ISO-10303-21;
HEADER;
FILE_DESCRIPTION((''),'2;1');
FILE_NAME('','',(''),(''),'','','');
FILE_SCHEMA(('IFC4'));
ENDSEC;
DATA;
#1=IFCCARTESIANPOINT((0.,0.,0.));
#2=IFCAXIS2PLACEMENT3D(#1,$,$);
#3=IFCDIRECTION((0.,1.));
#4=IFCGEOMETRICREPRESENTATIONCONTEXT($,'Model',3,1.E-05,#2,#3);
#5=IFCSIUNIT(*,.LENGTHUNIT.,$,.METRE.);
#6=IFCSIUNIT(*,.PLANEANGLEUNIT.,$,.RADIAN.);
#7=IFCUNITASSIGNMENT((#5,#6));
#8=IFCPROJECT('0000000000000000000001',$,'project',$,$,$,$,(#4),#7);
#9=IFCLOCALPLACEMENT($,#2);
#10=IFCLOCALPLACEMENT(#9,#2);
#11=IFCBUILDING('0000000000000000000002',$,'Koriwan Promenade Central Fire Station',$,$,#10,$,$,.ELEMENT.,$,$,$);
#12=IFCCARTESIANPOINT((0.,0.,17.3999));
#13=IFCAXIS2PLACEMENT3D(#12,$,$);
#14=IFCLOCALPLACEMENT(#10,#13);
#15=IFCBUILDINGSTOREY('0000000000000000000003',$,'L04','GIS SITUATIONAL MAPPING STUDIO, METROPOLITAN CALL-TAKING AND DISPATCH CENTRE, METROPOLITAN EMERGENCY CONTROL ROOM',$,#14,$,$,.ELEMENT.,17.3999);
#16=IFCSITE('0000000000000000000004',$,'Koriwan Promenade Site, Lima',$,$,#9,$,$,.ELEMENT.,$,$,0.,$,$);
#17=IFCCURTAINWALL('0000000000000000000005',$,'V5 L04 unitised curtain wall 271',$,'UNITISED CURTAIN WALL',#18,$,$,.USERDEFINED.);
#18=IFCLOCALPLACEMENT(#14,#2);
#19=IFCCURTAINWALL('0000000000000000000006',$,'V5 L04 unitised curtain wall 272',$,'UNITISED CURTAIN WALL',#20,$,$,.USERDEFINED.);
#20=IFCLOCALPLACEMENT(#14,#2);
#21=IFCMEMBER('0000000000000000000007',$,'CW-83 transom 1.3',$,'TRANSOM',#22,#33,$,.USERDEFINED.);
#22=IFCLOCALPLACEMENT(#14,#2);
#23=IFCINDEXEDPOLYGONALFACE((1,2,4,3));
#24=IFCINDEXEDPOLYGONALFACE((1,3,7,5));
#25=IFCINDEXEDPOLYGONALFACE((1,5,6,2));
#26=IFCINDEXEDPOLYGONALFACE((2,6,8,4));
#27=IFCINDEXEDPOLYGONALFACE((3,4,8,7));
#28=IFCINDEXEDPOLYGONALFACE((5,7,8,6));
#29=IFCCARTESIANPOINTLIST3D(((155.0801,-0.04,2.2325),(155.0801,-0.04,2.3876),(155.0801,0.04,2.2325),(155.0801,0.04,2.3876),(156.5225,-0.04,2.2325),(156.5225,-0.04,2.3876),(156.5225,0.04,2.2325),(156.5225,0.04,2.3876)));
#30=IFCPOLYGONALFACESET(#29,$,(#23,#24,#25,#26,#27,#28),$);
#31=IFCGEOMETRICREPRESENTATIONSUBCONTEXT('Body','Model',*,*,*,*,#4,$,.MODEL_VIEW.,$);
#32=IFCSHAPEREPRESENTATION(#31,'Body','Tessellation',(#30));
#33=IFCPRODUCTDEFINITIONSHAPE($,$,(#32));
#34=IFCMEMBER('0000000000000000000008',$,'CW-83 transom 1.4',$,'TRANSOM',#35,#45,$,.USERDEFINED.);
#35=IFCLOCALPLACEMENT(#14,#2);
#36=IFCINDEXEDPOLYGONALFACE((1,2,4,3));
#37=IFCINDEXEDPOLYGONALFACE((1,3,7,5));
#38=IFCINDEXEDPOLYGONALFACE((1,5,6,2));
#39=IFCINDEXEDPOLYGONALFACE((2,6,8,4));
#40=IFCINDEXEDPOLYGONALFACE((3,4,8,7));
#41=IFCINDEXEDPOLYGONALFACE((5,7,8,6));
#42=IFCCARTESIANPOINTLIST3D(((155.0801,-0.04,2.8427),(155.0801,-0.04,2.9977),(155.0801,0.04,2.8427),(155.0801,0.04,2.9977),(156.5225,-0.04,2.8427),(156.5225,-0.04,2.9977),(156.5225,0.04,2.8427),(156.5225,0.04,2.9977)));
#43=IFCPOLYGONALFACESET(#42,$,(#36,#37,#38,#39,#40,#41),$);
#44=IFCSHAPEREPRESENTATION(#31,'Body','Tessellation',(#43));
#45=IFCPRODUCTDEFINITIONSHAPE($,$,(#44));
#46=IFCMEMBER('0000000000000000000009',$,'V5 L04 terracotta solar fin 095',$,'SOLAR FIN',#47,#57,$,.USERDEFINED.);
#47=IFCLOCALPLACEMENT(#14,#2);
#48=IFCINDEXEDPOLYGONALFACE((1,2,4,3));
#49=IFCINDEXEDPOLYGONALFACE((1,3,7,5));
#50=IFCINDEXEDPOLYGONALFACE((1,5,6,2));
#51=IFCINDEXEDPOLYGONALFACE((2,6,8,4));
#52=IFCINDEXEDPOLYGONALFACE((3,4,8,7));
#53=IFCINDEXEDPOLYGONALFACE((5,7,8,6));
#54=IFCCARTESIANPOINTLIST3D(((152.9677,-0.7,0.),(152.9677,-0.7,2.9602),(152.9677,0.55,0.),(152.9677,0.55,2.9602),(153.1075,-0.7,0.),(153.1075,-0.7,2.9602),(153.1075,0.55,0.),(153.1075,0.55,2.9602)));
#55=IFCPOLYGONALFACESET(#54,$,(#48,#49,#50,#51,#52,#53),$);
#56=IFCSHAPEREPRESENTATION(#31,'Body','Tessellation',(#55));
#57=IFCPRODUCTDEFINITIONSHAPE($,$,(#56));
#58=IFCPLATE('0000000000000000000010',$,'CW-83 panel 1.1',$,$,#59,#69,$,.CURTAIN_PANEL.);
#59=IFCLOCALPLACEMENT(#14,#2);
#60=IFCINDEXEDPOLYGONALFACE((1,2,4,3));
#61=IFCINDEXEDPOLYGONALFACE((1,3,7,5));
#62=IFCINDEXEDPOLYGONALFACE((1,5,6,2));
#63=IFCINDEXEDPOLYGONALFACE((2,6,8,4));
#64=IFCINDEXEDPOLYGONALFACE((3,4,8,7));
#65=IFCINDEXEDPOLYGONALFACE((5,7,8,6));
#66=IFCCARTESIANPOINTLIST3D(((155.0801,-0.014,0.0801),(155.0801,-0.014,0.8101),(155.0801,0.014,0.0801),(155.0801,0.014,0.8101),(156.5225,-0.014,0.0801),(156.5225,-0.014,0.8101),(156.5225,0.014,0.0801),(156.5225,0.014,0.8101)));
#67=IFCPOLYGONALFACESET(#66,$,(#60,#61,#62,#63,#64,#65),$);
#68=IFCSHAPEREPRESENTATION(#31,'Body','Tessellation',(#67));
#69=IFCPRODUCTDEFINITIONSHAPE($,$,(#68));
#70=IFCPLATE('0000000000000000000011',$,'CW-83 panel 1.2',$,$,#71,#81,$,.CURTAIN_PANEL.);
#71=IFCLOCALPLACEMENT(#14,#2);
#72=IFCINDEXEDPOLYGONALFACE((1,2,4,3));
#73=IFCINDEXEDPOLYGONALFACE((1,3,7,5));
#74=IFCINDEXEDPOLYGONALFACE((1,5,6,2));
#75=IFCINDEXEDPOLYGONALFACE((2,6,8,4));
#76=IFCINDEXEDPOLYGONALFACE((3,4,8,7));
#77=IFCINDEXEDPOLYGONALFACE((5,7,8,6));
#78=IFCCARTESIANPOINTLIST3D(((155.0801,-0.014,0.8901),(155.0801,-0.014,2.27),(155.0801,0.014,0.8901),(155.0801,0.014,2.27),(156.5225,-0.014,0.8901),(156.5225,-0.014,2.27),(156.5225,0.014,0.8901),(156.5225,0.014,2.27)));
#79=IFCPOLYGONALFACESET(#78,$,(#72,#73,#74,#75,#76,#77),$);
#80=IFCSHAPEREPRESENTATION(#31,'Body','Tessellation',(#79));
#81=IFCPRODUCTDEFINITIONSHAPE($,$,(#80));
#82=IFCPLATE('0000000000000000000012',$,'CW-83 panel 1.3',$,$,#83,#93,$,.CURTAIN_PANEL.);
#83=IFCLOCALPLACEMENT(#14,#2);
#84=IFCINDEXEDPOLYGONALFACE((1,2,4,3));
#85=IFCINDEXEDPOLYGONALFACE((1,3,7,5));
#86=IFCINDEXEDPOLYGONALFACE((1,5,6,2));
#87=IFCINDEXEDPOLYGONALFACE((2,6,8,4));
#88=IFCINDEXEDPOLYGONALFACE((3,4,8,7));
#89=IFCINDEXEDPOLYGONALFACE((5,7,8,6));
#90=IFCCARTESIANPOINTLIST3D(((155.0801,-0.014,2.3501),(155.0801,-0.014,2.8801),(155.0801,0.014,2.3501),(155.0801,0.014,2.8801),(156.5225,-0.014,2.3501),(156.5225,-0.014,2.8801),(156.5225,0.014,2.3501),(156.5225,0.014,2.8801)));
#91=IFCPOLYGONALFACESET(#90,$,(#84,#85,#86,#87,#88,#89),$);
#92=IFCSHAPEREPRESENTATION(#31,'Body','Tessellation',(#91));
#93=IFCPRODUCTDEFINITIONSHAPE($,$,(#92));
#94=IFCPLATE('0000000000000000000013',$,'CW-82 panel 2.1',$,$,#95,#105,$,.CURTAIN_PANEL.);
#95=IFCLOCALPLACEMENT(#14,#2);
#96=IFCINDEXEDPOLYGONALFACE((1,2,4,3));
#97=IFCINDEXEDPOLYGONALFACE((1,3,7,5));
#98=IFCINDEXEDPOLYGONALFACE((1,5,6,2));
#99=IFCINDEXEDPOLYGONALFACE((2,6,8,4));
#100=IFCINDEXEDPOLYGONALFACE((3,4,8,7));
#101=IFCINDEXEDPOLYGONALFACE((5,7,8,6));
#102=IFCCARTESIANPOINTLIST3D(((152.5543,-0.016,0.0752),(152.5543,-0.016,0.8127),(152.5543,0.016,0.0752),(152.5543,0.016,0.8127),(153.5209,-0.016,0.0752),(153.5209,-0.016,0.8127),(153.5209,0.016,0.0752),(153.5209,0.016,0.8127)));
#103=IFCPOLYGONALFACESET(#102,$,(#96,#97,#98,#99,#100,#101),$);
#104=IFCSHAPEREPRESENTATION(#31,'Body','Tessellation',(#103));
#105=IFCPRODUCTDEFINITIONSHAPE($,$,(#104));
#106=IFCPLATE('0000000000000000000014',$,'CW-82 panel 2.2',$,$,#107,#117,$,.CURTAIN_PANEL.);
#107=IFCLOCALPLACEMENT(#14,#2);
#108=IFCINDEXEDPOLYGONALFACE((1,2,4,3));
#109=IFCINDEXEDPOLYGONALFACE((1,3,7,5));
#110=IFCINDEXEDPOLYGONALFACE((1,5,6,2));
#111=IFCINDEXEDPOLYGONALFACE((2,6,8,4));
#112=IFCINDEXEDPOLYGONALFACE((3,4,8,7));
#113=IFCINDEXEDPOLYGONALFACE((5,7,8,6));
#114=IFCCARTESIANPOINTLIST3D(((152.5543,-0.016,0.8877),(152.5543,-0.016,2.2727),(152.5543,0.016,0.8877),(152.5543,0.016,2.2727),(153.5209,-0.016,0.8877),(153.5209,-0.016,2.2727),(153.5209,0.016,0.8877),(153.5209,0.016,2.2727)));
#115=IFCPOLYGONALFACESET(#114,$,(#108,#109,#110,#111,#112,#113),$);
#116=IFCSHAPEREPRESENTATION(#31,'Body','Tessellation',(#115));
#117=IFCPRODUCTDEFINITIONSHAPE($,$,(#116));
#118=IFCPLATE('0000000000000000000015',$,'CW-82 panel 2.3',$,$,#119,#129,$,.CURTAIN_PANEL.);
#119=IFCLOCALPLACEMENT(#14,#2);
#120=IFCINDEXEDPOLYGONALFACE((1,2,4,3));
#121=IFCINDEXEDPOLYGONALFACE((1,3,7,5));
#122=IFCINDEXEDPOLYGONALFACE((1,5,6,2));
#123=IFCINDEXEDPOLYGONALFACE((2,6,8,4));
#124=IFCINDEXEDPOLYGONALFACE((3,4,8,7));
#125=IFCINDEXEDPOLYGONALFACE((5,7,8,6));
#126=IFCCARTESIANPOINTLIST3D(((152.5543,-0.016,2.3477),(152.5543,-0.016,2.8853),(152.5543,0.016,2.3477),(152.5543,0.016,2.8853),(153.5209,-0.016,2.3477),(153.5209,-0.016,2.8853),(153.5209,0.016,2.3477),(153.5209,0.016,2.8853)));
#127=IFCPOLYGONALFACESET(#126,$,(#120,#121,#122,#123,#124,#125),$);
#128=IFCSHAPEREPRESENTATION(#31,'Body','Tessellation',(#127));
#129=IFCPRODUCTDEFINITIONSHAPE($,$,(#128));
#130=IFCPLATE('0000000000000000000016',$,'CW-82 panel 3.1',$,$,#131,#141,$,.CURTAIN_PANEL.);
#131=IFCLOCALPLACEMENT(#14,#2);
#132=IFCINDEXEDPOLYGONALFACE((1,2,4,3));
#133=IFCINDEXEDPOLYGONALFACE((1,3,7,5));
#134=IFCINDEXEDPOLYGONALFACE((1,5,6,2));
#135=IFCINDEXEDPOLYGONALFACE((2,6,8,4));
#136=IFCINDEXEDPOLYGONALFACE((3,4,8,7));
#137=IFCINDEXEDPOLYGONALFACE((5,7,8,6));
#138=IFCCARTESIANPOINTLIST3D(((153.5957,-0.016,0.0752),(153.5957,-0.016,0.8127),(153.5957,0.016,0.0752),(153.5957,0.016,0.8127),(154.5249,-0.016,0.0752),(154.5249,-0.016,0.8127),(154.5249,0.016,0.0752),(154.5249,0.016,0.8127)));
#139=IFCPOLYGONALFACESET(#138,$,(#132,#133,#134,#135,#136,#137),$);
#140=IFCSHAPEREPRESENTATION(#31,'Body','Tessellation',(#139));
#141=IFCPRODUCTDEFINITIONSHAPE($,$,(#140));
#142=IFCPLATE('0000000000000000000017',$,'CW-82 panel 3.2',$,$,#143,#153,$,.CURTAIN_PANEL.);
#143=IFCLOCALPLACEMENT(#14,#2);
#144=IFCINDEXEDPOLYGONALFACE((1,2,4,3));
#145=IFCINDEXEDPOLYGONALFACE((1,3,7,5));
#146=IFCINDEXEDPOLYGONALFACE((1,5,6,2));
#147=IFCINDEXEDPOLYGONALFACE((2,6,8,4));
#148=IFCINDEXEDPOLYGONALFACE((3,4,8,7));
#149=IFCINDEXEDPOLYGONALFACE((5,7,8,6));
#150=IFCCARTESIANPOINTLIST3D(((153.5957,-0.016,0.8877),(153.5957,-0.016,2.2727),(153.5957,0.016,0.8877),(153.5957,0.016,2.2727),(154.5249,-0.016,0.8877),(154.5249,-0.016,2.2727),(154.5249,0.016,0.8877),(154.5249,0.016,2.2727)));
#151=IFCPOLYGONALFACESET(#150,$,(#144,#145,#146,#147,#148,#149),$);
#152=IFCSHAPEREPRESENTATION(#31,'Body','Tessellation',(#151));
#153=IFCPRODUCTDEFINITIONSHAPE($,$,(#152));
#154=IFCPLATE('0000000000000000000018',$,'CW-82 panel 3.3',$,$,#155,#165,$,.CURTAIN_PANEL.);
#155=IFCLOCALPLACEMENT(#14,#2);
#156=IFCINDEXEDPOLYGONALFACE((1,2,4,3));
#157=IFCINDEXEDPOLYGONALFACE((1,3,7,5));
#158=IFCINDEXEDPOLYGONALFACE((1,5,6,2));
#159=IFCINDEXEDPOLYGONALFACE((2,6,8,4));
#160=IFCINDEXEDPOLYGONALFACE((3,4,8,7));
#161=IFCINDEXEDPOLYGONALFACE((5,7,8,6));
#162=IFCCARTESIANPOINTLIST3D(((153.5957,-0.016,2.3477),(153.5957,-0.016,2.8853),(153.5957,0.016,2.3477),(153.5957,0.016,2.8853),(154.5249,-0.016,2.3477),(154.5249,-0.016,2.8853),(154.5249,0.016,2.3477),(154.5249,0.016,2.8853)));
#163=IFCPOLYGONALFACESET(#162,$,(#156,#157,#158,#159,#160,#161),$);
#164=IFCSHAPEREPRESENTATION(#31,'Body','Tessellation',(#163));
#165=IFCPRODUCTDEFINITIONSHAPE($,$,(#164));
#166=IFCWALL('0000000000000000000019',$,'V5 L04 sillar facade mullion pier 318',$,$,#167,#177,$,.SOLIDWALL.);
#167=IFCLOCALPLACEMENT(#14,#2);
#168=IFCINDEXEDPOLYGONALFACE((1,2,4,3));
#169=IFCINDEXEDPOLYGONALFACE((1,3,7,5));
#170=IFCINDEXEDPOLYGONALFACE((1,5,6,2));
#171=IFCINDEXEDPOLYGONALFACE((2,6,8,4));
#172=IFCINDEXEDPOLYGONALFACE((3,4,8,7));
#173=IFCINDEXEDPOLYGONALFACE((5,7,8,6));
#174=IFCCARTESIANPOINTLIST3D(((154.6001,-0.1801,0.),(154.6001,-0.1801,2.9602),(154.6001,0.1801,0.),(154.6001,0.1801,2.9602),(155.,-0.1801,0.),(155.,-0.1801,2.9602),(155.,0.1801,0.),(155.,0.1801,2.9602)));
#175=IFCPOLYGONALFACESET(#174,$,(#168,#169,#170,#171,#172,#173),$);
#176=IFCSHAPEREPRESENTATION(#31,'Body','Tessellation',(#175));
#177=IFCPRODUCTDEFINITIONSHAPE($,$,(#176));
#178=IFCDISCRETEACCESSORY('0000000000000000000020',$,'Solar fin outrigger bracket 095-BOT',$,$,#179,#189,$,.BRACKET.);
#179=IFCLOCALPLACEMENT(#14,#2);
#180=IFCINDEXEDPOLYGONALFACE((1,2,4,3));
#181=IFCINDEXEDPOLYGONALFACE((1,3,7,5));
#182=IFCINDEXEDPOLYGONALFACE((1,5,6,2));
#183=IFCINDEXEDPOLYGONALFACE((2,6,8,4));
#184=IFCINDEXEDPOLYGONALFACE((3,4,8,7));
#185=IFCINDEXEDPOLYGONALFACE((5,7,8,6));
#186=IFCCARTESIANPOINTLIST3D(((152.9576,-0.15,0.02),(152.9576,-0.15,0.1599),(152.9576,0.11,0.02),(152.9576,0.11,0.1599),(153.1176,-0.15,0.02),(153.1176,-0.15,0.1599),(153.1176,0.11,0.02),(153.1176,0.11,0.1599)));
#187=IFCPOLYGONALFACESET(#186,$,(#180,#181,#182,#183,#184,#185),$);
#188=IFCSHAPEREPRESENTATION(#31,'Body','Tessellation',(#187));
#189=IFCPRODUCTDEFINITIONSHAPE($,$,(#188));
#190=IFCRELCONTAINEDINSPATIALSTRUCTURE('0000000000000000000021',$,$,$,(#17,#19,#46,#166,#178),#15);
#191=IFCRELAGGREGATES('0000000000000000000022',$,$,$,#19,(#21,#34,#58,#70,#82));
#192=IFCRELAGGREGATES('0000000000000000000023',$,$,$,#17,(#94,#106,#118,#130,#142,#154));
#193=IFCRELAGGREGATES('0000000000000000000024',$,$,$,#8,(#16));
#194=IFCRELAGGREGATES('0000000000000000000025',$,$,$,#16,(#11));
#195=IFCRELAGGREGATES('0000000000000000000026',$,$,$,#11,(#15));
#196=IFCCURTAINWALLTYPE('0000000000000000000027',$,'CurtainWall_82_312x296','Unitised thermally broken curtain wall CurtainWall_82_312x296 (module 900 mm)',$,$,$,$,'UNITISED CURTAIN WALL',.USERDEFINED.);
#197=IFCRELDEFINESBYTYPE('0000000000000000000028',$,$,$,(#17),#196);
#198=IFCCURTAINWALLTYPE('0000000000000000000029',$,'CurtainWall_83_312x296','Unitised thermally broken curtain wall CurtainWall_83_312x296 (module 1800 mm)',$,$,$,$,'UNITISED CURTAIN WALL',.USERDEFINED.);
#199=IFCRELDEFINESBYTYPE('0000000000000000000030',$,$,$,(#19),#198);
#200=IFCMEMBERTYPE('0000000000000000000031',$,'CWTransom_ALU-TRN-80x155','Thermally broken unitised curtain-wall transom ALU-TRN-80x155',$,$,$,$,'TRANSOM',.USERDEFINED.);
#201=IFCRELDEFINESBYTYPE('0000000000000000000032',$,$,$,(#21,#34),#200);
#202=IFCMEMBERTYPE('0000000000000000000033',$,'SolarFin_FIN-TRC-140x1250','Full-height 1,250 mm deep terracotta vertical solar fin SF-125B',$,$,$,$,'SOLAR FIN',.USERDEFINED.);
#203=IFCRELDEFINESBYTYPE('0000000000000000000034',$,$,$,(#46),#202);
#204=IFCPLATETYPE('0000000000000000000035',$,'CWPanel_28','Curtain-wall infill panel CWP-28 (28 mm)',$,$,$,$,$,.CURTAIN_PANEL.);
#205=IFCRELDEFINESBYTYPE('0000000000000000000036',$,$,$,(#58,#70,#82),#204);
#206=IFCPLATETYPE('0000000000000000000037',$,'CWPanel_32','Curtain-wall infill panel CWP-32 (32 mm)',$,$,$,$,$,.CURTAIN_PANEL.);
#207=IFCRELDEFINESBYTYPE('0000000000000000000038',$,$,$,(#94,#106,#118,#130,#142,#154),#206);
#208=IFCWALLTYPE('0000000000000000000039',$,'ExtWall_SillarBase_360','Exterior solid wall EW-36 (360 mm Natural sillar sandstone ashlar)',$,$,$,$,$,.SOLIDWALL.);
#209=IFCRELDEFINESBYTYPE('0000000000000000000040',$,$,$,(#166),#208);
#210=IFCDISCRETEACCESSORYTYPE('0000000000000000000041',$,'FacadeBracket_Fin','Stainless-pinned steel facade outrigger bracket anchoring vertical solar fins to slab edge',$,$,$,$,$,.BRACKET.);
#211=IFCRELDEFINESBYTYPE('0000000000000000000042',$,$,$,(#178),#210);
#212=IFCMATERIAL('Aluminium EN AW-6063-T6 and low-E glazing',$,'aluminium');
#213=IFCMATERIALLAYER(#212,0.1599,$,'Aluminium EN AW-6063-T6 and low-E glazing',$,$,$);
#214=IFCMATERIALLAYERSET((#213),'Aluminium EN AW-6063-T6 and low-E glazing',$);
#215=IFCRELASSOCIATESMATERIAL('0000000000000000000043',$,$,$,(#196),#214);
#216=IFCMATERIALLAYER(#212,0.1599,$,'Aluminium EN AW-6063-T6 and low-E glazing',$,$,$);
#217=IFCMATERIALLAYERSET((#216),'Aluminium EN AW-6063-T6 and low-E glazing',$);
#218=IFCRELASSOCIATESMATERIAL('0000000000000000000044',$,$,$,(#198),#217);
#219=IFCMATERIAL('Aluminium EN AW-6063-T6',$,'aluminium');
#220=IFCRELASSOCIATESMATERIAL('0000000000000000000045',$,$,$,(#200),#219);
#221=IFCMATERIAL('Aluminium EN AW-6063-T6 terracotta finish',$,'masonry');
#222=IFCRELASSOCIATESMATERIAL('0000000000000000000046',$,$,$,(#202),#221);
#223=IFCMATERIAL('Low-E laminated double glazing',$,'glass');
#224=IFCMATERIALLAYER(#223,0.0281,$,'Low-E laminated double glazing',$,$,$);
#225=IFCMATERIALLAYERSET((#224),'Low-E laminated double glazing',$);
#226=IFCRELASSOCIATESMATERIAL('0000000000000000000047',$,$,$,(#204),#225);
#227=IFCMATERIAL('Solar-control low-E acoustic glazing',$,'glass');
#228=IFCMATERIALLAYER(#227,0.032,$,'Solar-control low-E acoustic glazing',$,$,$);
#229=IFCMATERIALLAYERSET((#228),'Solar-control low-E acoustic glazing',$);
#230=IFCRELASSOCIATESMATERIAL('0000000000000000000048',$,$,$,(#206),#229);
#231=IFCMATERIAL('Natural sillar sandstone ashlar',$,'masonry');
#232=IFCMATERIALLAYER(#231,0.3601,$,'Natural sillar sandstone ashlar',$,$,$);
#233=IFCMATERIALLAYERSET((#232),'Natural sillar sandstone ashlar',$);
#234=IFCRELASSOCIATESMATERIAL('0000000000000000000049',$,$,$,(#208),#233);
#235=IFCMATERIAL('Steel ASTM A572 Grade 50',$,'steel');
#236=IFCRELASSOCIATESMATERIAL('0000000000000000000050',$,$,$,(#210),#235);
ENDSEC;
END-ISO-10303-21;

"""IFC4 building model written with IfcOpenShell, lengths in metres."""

from ifc_helpers import new_model, si_unit, direction, frame, frame_2d, origin, origin_2d, place, context, subcontext, project, spatial, rectangle, extrude, material, layer, layer_set, material_profile, profile_set, type_object, element, aggregate, save


model = new_model("IFC4")

# Units and contexts
model_context = context("Model", 3, precision=1e-05, world=origin(), true_north=direction((0.0, 1.0)))
body_context = subcontext(model_context, "Body", "Model", "MODEL_VIEW")
ifc_project = project(units=[si_unit("LENGTHUNIT", "METRE"), si_unit("PLANEANGLEUNIT", "RADIAN")], contexts=[model_context])

# Site, building, storey
site_placement = place(None, origin())
site = spatial("IfcSite", under=ifc_project, at=site_placement, Name="Koriwan Promenade Site, Lima", CompositionType="ELEMENT", RefElevation=0.0)
building_placement = place(site_placement, origin())
building = spatial("IfcBuilding", under=site, at=building_placement, Name="Koriwan Promenade Central Fire Station", CompositionType="ELEMENT")
storey_placement = place(building_placement, frame((0.0, 0.0, 17.3999)))
storey = spatial("IfcBuildingStorey", under=building, at=storey_placement, Name="L04", Description="GIS SITUATIONAL MAPPING STUDIO, METROPOLITAN CALL-TAKING AND DISPATCH CENTRE, METROPOLITAN EMERGENCY CONTROL ROOM", CompositionType="ELEMENT", Elevation=17.3999)

# Curtain wall
ifc_material_1 = material(Name="Aluminium EN AW-6063-T6 and low-E glazing", Category="aluminium")
ifc_layer_1 = layer(ifc_material_1, 0.1599, Name="Aluminium EN AW-6063-T6 and low-E glazing")
ifc_layer_set_1 = layer_set([ifc_layer_1], Name="Aluminium EN AW-6063-T6 and low-E glazing")
curtain_wall_type_1 = type_object("IfcCurtainWallType", Name="CurtainWall_82_312x296", Description="Unitised thermally broken curtain wall CurtainWall_82_312x296 (module 900 mm)", ElementType="UNITISED CURTAIN WALL", PredefinedType="USERDEFINED", material=ifc_layer_set_1)
curtain_wall_1_placement = place(storey_placement, origin())
curtain_wall_1 = element("IfcCurtainWall", 1, at=curtain_wall_1_placement, inside=storey, type_object=curtain_wall_type_1, Name="V5 L04 unitised curtain wall 271", ObjectType="UNITISED CURTAIN WALL", PredefinedType="USERDEFINED")
ifc_material_2 = material(Name="Aluminium EN AW-6063-T6", Category="aluminium")

# Curtain wall
ifc_layer_2 = layer(ifc_material_1, 0.1599, Name="Aluminium EN AW-6063-T6 and low-E glazing")
ifc_layer_set_2 = layer_set([ifc_layer_2], Name="Aluminium EN AW-6063-T6 and low-E glazing")
curtain_wall_type_2 = type_object("IfcCurtainWallType", Name="CurtainWall_83_312x296", Description="Unitised thermally broken curtain wall CurtainWall_83_312x296 (module 1800 mm)", ElementType="UNITISED CURTAIN WALL", PredefinedType="USERDEFINED", material=ifc_layer_set_2)
curtain_wall_2_placement = place(storey_placement, origin())
curtain_wall_2 = element("IfcCurtainWall", 2, at=curtain_wall_2_placement, inside=storey, type_object=curtain_wall_type_2, Name="V5 L04 unitised curtain wall 272", ObjectType="UNITISED CURTAIN WALL", PredefinedType="USERDEFINED")

# Members
ifc_material_profile_1 = material_profile(ifc_material_2, rectangle(XDim=0.0801, YDim=0.155, at=origin_2d()), Name="ALU-TRN-80x155")
ifc_profile_set_1 = profile_set([ifc_material_profile_1], Name="Aluminium EN AW-6063-T6")
member_type_1 = type_object("IfcMemberType", Name="CWTransom_ALU-TRN-80x155", Description="Thermally broken unitised curtain-wall transom ALU-TRN-80x155", ElementType="TRANSOM", PredefinedType="USERDEFINED", material=ifc_profile_set_1)
member_1_placement = place(storey_placement, frame((155.0801, 0.0, 2.3101), z_axis=(1.0, 0.0, 0.0), x_axis=(0.0, 1.0, 0.0)))
member_1 = element("IfcMember", 3, at=member_1_placement, type_object=member_type_1, Name="CW-83 transom 1.3", ObjectType="TRANSOM", PredefinedType="USERDEFINED", context=body_context, shape_type="SweptSolid", body=[
    extrude(rectangle(XDim=0.0801, YDim=0.155, at=origin_2d()), origin(), (0.0, 0.0, 1.0), 1.4424),
])
member_2_placement = place(storey_placement, frame((155.0801, 0.0, 2.9202), z_axis=(1.0, 0.0, 0.0), x_axis=(0.0, 1.0, 0.0)))
member_2 = element("IfcMember", 4, at=member_2_placement, type_object=member_type_1, Name="CW-83 transom 1.4", ObjectType="TRANSOM", PredefinedType="USERDEFINED", context=body_context, shape_type="SweptSolid", body=[
    extrude(rectangle(XDim=0.0801, YDim=0.155, at=origin_2d()), origin(), (0.0, 0.0, 1.0), 1.4424),
])
ifc_material_3 = material(Name="Aluminium EN AW-6063-T6 terracotta finish", Category="masonry")
ifc_material_profile_2 = material_profile(ifc_material_3, rectangle(XDim=0.1399, YDim=1.25, at=origin_2d()), Name="FIN-TRC-140x1250")
ifc_profile_set_2 = profile_set([ifc_material_profile_2], Name="Aluminium EN AW-6063-T6 terracotta finish")
member_type_2 = type_object("IfcMemberType", Name="SolarFin_FIN-TRC-140x1250", Description="Full-height 1,250 mm deep terracotta vertical solar fin SF-125B", ElementType="SOLAR FIN", PredefinedType="USERDEFINED", material=ifc_profile_set_2)
member_3_placement = place(storey_placement, frame((153.0376, -0.075, 0.0), z_axis=(0.0, 0.0, 1.0), x_axis=(-1.0, 0.0, 0.0)))
element("IfcMember", 5, at=member_3_placement, inside=storey, type_object=member_type_2, Name="V5 L04 terracotta solar fin 095", ObjectType="SOLAR FIN", PredefinedType="USERDEFINED", context=body_context, shape_type="SweptSolid", body=[
    extrude(rectangle(XDim=0.1399, YDim=1.25, at=origin_2d()), origin(), (0.0, 0.0, 1.0), 2.9602),
])

# Plates
ifc_material_4 = material(Name="Low-E laminated double glazing", Category="glass")
ifc_layer_3 = layer(ifc_material_4, 0.0281, Name="Low-E laminated double glazing")
ifc_layer_set_3 = layer_set([ifc_layer_3], Name="Low-E laminated double glazing")
plate_type_1 = type_object("IfcPlateType", Name="CWPanel_28", Description="Curtain-wall infill panel CWP-28 (28 mm)", PredefinedType="CURTAIN_PANEL", material=ifc_layer_set_3)
plate_1_placement = place(storey_placement, frame((155.8013, 0.0, 0.0801), z_axis=(0.0, 0.0, 1.0), x_axis=(1.0, 0.0, 0.0)))
plate_1 = element("IfcPlate", 6, at=plate_1_placement, type_object=plate_type_1, Name="CW-83 panel 1.1", PredefinedType="CURTAIN_PANEL", context=body_context, shape_type="SweptSolid", body=[
    extrude(rectangle(XDim=1.4424, YDim=0.0281, at=origin_2d()), origin(), (0.0, 0.0, 1.0), 0.73),
])
plate_2_placement = place(storey_placement, frame((155.8013, 0.0, 0.8901), z_axis=(0.0, 0.0, 1.0), x_axis=(1.0, 0.0, 0.0)))
plate_2 = element("IfcPlate", 7, at=plate_2_placement, type_object=plate_type_1, Name="CW-83 panel 1.2", PredefinedType="CURTAIN_PANEL", context=body_context, shape_type="SweptSolid", body=[
    extrude(rectangle(XDim=1.4424, YDim=0.0281, at=origin_2d()), origin(), (0.0, 0.0, 1.0), 1.3799),
])
plate_3_placement = place(storey_placement, frame((155.8013, 0.0, 2.3501), z_axis=(0.0, 0.0, 1.0), x_axis=(1.0, 0.0, 0.0)))
plate_3 = element("IfcPlate", 8, at=plate_3_placement, type_object=plate_type_1, Name="CW-83 panel 1.3", PredefinedType="CURTAIN_PANEL", context=body_context, shape_type="SweptSolid", body=[
    extrude(rectangle(XDim=1.4424, YDim=0.0281, at=origin_2d()), origin(), (0.0, 0.0, 1.0), 0.53),
])
aggregate(curtain_wall_2, [member_1, member_2, plate_1, plate_2, plate_3])
ifc_material_5 = material(Name="Solar-control low-E acoustic glazing", Category="glass")
ifc_layer_4 = layer(ifc_material_5, 0.032, Name="Solar-control low-E acoustic glazing")
ifc_layer_set_4 = layer_set([ifc_layer_4], Name="Solar-control low-E acoustic glazing")
plate_type_2 = type_object("IfcPlateType", Name="CWPanel_32", Description="Curtain-wall infill panel CWP-32 (32 mm)", PredefinedType="CURTAIN_PANEL", material=ifc_layer_set_4)
plate_4_placement = place(storey_placement, frame((153.0376, 0.0, 0.0752), z_axis=(0.0, 0.0, 1.0), x_axis=(1.0, 0.0, 0.0)))
plate_4 = element("IfcPlate", 9, at=plate_4_placement, type_object=plate_type_2, Name="CW-82 panel 2.1", PredefinedType="CURTAIN_PANEL", context=body_context, shape_type="SweptSolid", body=[
    extrude(rectangle(XDim=0.9666, YDim=0.032, at=origin_2d()), origin(), (0.0, 0.0, 1.0), 0.7375),
])
plate_5_placement = place(storey_placement, frame((153.0376, 0.0, 0.8877), z_axis=(0.0, 0.0, 1.0), x_axis=(1.0, 0.0, 0.0)))
plate_5 = element("IfcPlate", 10, at=plate_5_placement, type_object=plate_type_2, Name="CW-82 panel 2.2", PredefinedType="CURTAIN_PANEL", context=body_context, shape_type="SweptSolid", body=[
    extrude(rectangle(XDim=0.9666, YDim=0.032, at=origin_2d()), origin(), (0.0, 0.0, 1.0), 1.385),
])
plate_6_placement = place(storey_placement, frame((153.0376, 0.0, 2.3477), z_axis=(0.0, 0.0, 1.0), x_axis=(1.0, 0.0, 0.0)))
plate_6 = element("IfcPlate", 11, at=plate_6_placement, type_object=plate_type_2, Name="CW-82 panel 2.3", PredefinedType="CURTAIN_PANEL", context=body_context, shape_type="SweptSolid", body=[
    extrude(rectangle(XDim=0.9666, YDim=0.032, at=origin_2d()), origin(), (0.0, 0.0, 1.0), 0.5376),
])
plate_7_placement = place(storey_placement, frame((154.0603, 0.0, 0.0752), z_axis=(0.0, 0.0, 1.0), x_axis=(1.0, 0.0, 0.0)))
plate_7 = element("IfcPlate", 12, at=plate_7_placement, type_object=plate_type_2, Name="CW-82 panel 3.1", PredefinedType="CURTAIN_PANEL", context=body_context, shape_type="SweptSolid", body=[
    extrude(rectangle(XDim=0.9292, YDim=0.032, at=origin_2d()), origin(), (0.0, 0.0, 1.0), 0.7375),
])
plate_8_placement = place(storey_placement, frame((154.0603, 0.0, 0.8877), z_axis=(0.0, 0.0, 1.0), x_axis=(1.0, 0.0, 0.0)))
plate_8 = element("IfcPlate", 13, at=plate_8_placement, type_object=plate_type_2, Name="CW-82 panel 3.2", PredefinedType="CURTAIN_PANEL", context=body_context, shape_type="SweptSolid", body=[
    extrude(rectangle(XDim=0.9292, YDim=0.032, at=origin_2d()), origin(), (0.0, 0.0, 1.0), 1.385),
])
plate_9_placement = place(storey_placement, frame((154.0603, 0.0, 2.3477), z_axis=(0.0, 0.0, 1.0), x_axis=(1.0, 0.0, 0.0)))
plate_9 = element("IfcPlate", 14, at=plate_9_placement, type_object=plate_type_2, Name="CW-82 panel 3.3", PredefinedType="CURTAIN_PANEL", context=body_context, shape_type="SweptSolid", body=[
    extrude(rectangle(XDim=0.9292, YDim=0.032, at=origin_2d()), origin(), (0.0, 0.0, 1.0), 0.5376),
])
aggregate(curtain_wall_1, [plate_4, plate_5, plate_6, plate_7, plate_8, plate_9])

# Wall
ifc_material_6 = material(Name="Natural sillar sandstone ashlar", Category="masonry")
ifc_layer_5 = layer(ifc_material_6, 0.3601, Name="Natural sillar sandstone ashlar")
ifc_layer_set_5 = layer_set([ifc_layer_5], Name="Natural sillar sandstone ashlar")
wall_type = type_object("IfcWallType", Name="ExtWall_SillarBase_360", Description="Exterior solid wall EW-36 (360 mm Natural sillar sandstone ashlar)", PredefinedType="SOLIDWALL", material=ifc_layer_set_5)
wall_placement = place(storey_placement, frame((154.6001, 0.0, 0.0), z_axis=(0.0, 0.0, 1.0), x_axis=(1.0, 0.0, 0.0)))
element("IfcWall", 15, at=wall_placement, inside=storey, type_object=wall_type, Name="V5 L04 sillar facade mullion pier 318", PredefinedType="SOLIDWALL", context=body_context, shape_type="SweptSolid", body=[
    extrude(rectangle(XDim=0.3999, YDim=0.3601, at=frame_2d((0.2, 0.0))), origin(), (0.0, 0.0, 1.0), 2.9602),
])

# Discrete accessory
ifc_material_7 = material(Name="Steel ASTM A572 Grade 50", Category="steel")
discrete_accessory_type = type_object("IfcDiscreteAccessoryType", Name="FacadeBracket_Fin", Description="Stainless-pinned steel facade outrigger bracket anchoring vertical solar fins to slab edge", PredefinedType="BRACKET", material=ifc_material_7)
for number, where, z_axis, x_axis, name in (
    (16, (153.0376, -0.02, 0.02), (0.0, 0.0, 1.0), (0.0, -1.0, 0.0), "Solar fin outrigger bracket 095-BOT"),
):
    element("IfcDiscreteAccessory", number, at=place(storey_placement, frame(where, z_axis=z_axis, x_axis=x_axis)), inside=storey, type_object=discrete_accessory_type, Name=name, PredefinedType="BRACKET", context=body_context, shape_type="SweptSolid", body=[
        extrude(rectangle(XDim=0.26, YDim=0.1599, at=origin_2d()), origin(), (0.0, 0.0, 1.0), 0.1399),
    ])

save(model, "model.ifc")
